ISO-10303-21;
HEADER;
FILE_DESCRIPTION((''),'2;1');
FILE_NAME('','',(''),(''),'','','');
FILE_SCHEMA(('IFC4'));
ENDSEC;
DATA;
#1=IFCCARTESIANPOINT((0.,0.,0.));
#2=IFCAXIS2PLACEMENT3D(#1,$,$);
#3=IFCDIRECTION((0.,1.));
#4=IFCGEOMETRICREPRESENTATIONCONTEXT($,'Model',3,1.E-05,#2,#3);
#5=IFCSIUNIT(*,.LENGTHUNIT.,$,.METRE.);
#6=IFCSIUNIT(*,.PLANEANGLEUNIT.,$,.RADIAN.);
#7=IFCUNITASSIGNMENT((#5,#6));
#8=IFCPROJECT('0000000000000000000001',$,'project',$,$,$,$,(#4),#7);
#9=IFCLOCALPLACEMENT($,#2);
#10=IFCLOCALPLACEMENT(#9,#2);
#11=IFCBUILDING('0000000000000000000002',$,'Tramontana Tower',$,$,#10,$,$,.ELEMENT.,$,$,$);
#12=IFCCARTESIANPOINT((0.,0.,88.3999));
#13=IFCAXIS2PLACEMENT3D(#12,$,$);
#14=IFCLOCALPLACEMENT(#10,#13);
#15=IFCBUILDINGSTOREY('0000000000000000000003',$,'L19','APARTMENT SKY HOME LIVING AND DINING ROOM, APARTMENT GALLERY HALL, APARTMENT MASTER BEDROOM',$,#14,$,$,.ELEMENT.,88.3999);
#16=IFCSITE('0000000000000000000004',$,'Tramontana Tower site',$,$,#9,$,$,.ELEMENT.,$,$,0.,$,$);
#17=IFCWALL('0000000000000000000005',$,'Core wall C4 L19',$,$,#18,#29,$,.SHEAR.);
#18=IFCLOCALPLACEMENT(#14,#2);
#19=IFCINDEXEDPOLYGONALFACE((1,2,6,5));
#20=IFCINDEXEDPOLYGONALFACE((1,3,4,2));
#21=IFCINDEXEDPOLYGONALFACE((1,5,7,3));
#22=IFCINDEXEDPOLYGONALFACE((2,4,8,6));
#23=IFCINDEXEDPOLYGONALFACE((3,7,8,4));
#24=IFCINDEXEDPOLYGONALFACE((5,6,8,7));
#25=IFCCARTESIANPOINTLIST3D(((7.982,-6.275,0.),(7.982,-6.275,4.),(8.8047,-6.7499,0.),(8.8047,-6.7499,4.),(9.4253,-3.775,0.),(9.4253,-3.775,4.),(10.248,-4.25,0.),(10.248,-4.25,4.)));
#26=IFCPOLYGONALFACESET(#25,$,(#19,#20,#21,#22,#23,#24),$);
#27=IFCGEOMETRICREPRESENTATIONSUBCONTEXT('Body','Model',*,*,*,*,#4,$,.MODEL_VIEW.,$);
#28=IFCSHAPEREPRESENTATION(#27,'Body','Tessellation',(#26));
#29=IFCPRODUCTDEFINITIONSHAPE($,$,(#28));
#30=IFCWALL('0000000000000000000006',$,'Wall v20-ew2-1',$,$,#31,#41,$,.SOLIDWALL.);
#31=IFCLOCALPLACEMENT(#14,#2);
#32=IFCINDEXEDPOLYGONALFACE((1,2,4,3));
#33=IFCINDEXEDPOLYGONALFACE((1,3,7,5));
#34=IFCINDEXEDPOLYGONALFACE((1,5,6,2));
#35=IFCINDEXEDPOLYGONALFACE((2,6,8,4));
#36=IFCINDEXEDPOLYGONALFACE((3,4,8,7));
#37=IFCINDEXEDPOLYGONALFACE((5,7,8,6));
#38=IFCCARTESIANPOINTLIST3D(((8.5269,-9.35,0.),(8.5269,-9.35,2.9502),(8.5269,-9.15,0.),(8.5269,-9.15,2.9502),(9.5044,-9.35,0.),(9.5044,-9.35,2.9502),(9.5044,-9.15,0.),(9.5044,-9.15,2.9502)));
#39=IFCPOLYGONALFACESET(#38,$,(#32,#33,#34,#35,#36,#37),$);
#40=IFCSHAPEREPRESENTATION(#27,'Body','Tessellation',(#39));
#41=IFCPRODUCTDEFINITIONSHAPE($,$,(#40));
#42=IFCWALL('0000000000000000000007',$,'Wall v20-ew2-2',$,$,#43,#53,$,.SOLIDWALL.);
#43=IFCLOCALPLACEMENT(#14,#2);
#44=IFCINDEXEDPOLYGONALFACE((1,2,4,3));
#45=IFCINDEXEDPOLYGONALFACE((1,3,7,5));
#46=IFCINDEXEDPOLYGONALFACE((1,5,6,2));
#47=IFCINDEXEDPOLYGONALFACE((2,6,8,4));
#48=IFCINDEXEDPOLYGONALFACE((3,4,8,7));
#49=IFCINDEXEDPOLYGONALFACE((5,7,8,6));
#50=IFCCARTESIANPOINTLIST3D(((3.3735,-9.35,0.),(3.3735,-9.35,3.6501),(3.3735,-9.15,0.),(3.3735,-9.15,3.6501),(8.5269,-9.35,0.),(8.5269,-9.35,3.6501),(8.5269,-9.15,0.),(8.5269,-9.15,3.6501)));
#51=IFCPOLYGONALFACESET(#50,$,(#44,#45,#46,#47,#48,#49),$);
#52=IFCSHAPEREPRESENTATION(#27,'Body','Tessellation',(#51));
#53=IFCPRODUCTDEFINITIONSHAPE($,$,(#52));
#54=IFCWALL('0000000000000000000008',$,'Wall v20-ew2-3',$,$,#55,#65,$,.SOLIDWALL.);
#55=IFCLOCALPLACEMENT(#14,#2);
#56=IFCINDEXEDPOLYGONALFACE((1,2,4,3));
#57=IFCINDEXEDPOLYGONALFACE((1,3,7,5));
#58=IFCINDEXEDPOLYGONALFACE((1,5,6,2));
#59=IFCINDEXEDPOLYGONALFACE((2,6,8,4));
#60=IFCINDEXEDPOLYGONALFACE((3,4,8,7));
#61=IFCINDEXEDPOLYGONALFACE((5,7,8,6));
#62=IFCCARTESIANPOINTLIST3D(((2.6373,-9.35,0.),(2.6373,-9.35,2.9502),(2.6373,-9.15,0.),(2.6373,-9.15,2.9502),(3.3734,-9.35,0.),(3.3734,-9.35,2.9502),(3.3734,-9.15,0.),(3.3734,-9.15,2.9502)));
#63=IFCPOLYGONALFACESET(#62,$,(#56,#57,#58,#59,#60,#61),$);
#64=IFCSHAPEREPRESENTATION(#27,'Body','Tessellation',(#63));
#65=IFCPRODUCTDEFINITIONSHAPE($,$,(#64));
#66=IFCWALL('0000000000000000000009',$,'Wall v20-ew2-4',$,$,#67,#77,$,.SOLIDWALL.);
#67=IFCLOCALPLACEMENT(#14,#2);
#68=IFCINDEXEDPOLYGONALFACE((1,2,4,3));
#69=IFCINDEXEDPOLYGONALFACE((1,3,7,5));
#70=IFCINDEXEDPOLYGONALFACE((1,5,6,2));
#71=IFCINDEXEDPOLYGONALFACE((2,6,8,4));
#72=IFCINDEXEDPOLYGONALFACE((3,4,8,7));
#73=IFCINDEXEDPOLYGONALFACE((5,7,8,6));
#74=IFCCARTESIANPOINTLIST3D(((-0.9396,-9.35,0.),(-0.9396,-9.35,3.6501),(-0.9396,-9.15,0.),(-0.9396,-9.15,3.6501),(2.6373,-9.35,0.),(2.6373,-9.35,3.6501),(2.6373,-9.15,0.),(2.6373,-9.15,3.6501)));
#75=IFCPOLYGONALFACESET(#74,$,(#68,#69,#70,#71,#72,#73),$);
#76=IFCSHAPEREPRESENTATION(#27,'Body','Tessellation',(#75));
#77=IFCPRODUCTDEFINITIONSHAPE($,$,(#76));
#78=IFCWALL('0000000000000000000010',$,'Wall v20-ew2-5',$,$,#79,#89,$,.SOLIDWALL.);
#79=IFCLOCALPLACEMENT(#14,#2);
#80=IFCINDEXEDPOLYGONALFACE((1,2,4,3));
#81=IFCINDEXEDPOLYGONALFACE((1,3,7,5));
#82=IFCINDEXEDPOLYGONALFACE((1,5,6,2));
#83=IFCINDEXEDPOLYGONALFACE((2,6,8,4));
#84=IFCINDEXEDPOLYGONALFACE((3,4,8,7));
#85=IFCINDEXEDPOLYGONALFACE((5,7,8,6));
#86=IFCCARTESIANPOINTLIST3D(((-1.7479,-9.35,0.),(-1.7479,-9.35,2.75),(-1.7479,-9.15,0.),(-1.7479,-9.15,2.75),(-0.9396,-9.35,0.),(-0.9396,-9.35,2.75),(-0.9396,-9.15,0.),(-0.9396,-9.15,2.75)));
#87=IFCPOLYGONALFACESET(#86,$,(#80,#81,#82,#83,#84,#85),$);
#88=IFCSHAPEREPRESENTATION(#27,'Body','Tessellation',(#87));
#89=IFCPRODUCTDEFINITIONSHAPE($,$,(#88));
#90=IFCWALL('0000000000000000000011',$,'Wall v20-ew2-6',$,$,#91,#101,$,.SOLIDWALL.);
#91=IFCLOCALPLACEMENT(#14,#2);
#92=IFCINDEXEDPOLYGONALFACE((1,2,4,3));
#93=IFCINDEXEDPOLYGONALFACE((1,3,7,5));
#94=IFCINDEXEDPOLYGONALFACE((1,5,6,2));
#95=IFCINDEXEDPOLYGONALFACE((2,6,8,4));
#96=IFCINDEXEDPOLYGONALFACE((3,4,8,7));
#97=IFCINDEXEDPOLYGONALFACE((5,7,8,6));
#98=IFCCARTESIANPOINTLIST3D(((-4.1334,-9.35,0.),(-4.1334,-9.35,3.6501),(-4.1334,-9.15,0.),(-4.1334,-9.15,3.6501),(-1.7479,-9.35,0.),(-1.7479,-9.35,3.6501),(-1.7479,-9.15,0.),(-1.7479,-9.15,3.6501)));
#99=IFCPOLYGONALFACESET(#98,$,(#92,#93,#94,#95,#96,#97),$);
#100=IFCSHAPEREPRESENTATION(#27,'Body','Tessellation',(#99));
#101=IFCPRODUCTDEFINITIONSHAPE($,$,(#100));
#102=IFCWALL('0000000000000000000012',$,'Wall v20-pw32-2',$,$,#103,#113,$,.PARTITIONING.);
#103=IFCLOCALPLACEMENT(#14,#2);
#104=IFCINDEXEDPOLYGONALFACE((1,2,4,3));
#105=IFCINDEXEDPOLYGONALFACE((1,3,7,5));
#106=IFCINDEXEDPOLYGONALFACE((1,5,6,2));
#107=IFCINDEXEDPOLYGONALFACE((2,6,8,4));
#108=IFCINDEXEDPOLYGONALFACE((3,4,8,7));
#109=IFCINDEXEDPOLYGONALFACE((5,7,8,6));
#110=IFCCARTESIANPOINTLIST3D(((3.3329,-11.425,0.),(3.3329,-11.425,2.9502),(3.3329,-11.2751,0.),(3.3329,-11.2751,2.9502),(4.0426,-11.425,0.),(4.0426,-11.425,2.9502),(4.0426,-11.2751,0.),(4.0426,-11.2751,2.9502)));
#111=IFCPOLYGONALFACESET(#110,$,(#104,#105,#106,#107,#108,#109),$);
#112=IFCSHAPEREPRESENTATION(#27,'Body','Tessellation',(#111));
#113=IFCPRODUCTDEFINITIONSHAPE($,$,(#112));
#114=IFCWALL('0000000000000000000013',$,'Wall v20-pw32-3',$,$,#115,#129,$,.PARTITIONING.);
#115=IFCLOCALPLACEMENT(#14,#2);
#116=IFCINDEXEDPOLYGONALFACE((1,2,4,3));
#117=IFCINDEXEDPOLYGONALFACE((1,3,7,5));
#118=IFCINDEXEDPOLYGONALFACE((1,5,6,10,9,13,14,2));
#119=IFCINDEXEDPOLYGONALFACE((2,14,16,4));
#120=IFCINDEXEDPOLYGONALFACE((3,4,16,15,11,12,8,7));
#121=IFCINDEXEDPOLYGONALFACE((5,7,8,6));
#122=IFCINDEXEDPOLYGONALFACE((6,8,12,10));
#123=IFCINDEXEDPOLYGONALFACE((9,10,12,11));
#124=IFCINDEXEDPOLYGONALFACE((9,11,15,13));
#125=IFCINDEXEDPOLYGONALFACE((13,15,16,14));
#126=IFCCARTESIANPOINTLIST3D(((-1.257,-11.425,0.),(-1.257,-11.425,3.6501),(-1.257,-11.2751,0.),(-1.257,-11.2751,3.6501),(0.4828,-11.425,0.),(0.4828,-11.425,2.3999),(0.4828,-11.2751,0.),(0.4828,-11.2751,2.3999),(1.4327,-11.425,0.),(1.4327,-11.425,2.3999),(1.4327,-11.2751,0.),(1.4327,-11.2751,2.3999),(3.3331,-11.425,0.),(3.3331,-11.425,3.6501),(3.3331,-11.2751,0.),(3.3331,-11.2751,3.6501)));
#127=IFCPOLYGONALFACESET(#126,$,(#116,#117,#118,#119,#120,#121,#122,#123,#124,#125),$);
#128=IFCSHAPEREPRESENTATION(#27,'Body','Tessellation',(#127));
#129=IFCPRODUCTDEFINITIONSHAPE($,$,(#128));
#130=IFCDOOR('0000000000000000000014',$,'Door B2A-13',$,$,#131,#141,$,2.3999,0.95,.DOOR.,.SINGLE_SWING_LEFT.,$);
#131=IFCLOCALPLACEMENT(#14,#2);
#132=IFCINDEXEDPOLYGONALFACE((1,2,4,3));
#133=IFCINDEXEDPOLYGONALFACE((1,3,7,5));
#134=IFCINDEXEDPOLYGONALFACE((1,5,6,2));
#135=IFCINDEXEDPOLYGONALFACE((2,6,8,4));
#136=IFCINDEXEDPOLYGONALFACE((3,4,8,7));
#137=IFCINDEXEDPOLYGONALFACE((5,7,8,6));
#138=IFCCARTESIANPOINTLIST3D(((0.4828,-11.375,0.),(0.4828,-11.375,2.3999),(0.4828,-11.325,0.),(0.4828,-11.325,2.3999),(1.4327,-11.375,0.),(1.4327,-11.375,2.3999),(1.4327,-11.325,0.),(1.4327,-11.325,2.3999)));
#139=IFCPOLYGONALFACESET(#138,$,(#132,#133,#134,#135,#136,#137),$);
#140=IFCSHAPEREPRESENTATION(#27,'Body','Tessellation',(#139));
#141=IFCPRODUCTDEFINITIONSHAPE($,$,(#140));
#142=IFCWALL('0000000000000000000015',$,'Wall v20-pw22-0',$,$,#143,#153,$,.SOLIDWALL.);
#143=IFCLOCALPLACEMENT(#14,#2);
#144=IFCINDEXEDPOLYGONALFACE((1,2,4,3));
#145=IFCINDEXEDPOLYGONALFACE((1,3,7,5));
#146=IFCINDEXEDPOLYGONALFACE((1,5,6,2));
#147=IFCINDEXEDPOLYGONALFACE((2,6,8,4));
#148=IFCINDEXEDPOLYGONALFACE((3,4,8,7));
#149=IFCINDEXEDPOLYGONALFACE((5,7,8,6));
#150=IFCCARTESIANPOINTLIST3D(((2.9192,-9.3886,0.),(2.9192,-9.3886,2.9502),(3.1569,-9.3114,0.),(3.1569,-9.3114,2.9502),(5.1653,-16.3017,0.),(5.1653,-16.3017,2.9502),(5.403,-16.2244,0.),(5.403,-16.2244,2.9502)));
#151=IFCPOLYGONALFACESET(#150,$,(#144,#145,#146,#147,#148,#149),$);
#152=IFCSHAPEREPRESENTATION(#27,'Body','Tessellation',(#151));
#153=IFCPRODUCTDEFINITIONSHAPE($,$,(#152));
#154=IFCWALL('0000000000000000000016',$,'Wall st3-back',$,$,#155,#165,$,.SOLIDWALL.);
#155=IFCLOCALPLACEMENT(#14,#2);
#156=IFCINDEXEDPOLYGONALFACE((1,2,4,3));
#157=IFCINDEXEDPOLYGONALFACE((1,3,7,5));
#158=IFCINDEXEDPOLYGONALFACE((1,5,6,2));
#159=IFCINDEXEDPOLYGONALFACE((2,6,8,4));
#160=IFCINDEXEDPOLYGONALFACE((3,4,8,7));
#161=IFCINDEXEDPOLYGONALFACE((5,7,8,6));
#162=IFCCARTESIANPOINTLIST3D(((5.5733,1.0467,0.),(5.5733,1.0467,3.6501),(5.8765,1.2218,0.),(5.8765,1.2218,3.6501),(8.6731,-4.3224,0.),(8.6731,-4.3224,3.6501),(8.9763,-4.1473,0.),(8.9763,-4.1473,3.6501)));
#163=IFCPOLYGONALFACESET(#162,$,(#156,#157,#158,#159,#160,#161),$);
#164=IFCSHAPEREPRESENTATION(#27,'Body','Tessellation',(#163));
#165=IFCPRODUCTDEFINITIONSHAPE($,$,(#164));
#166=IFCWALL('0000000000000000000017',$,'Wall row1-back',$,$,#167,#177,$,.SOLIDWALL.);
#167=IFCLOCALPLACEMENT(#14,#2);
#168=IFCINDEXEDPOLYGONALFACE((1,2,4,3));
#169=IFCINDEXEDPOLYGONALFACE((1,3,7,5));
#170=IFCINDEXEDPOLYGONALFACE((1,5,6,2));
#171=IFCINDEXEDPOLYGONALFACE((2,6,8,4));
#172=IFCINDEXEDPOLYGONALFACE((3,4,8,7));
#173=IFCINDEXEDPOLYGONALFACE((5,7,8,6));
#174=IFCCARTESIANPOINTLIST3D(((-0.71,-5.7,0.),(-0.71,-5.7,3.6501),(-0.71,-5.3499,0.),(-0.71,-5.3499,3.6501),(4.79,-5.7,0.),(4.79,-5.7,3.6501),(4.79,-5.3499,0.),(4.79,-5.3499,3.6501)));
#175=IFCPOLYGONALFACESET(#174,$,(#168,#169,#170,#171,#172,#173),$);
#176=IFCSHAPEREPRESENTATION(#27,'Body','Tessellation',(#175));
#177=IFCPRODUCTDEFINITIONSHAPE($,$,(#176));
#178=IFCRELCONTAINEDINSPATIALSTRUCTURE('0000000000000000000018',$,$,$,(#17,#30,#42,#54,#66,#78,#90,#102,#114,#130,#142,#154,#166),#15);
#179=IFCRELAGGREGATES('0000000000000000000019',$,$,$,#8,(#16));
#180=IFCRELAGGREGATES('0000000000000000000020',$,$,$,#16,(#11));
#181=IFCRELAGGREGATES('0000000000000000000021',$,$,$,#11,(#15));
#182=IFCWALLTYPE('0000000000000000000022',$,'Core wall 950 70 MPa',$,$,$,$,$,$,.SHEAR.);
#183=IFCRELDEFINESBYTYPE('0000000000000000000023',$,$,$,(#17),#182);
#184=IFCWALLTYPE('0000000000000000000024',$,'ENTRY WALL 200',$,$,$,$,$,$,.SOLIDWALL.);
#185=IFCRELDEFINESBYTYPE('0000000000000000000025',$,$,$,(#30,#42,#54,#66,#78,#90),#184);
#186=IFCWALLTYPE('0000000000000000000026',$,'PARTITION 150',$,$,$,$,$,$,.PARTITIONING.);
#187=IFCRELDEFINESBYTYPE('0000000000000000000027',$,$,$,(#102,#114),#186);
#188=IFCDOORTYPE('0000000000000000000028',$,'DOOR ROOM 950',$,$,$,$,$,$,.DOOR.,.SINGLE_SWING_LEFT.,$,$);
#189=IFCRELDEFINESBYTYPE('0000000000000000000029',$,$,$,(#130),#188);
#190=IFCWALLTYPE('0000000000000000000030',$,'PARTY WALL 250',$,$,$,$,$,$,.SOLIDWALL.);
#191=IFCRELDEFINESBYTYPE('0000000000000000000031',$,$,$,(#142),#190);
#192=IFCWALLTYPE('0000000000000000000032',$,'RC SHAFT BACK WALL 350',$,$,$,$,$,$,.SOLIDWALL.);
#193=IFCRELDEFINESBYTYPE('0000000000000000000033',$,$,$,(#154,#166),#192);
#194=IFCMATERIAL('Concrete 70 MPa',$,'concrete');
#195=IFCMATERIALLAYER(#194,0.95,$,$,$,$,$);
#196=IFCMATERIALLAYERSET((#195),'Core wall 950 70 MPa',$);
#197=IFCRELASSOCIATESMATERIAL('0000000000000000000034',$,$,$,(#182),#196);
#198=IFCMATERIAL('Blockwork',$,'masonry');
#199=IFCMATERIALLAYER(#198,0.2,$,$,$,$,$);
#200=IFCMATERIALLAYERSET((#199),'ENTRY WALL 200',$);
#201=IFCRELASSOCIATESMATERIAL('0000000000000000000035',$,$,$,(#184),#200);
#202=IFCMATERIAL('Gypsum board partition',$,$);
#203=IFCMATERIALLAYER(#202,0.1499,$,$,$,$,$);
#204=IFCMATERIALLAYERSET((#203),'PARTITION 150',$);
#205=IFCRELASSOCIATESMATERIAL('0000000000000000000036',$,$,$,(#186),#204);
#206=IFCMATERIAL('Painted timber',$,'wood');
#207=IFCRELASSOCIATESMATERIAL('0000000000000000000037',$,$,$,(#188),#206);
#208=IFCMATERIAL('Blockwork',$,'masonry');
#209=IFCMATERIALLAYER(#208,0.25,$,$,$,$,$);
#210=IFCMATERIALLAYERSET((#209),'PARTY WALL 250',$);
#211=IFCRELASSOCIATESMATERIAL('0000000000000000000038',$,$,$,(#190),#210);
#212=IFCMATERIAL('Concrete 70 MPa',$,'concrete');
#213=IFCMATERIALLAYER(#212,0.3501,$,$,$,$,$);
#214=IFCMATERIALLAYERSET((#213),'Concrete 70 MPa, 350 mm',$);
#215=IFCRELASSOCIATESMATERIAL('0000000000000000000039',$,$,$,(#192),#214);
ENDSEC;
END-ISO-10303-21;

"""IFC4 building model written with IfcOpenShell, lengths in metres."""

from ifc_helpers import new_model, si_unit, direction, frame, frame_2d, origin, place, context, subcontext, project, spatial, rectangle, extrude, material, layer, layer_set, type_object, element, fill, save


model = new_model("IFC4")

# Units and contexts
model_context = context("Model", 3, precision=1e-05, world=origin(), true_north=direction((0.0, 1.0)))
body_context = subcontext(model_context, "Body", "Model", "MODEL_VIEW")
ifc_project = project(units=[si_unit("LENGTHUNIT", "METRE"), si_unit("PLANEANGLEUNIT", "RADIAN")], contexts=[model_context])

# Site, building, storey
site_placement = place(None, origin())
site = spatial("IfcSite", under=ifc_project, at=site_placement, Name="Tramontana Tower site", CompositionType="ELEMENT", RefElevation=0.0)
building_placement = place(site_placement, origin())
building = spatial("IfcBuilding", under=site, at=building_placement, Name="Tramontana Tower", CompositionType="ELEMENT")
storey_placement = place(building_placement, frame((0.0, 0.0, 88.3999)))
storey = spatial("IfcBuildingStorey", under=building, at=storey_placement, Name="L19", Description="APARTMENT SKY HOME LIVING AND DINING ROOM, APARTMENT GALLERY HALL, APARTMENT MASTER BEDROOM", CompositionType="ELEMENT", Elevation=88.3999)

# Walls
ifc_material_1 = material(Name="Concrete 70 MPa", Category="concrete")
ifc_layer_1 = layer(ifc_material_1, 0.95)
ifc_layer_set_1 = layer_set([ifc_layer_1], Name="Core wall 950 70 MPa")
wall_type_1 = type_object("IfcWallType", Name="Core wall 950 70 MPa", PredefinedType="SHEAR", material=ifc_layer_set_1)
wall_1_placement = place(storey_placement, frame((8.3933, -6.5125, 0.0), z_axis=(0.0, 0.0, 1.0), x_axis=(0.499996, 0.866028, 0.0)))
element("IfcWall", 1, at=wall_1_placement, inside=storey, type_object=wall_type_1, Name="Core wall C4 L19", PredefinedType="SHEAR", context=body_context, shape_type="SweptSolid", body=[
    extrude(rectangle(XDim=2.8867, YDim=0.95, at=frame_2d((1.4434, 0.0))), origin(), (0.0, 0.0, 1.0), 4.0),
])
ifc_material_2 = material(Name="Blockwork", Category="masonry")
ifc_layer_2 = layer(ifc_material_2, 0.2)
ifc_layer_set_2 = layer_set([ifc_layer_2], Name="ENTRY WALL 200")
wall_type_2 = type_object("IfcWallType", Name="ENTRY WALL 200", PredefinedType="SOLIDWALL", material=ifc_layer_set_2)
wall_2_placement = place(storey_placement, frame((9.5044, -9.25, 0.0), z_axis=(0.0, 0.0, 1.0), x_axis=(-1.0, 0.0, 0.0)))
element("IfcWall", 2, at=wall_2_placement, inside=storey, type_object=wall_type_2, Name="Wall v20-ew2-1", PredefinedType="SOLIDWALL", context=body_context, shape_type="SweptSolid", body=[
    extrude(rectangle(XDim=0.9775, YDim=0.2, at=frame_2d((0.4888, 0.0))), origin(), (0.0, 0.0, 1.0), 2.9502),
])
wall_3_placement = place(storey_placement, frame((8.5269, -9.25, 0.0), z_axis=(0.0, 0.0, 1.0), x_axis=(-1.0, 0.0, 0.0)))
element("IfcWall", 3, at=wall_3_placement, inside=storey, type_object=wall_type_2, Name="Wall v20-ew2-2", PredefinedType="SOLIDWALL", context=body_context, shape_type="SweptSolid", body=[
    extrude(rectangle(XDim=5.1533, YDim=0.2, at=frame_2d((2.5767, 0.0))), origin(), (0.0, 0.0, 1.0), 3.6501),
])
wall_4_placement = place(storey_placement, frame((3.3735, -9.25, 0.0), z_axis=(0.0, 0.0, 1.0), x_axis=(-1.0, 0.0, 0.0)))
element("IfcWall", 4, at=wall_4_placement, inside=storey, type_object=wall_type_2, Name="Wall v20-ew2-3", PredefinedType="SOLIDWALL", context=body_context, shape_type="SweptSolid", body=[
    extrude(rectangle(XDim=0.7361, YDim=0.2, at=frame_2d((0.3682, 0.0))), origin(), (0.0, 0.0, 1.0), 2.9502),
])
wall_5_placement = place(storey_placement, frame((2.6375, -9.25, 0.0), z_axis=(0.0, 0.0, 1.0), x_axis=(-1.0, 0.0, 0.0)))
element("IfcWall", 5, at=wall_5_placement, inside=storey, type_object=wall_type_2, Name="Wall v20-ew2-4", PredefinedType="SOLIDWALL", context=body_context, shape_type="SweptSolid", body=[
    extrude(rectangle(XDim=3.5769, YDim=0.2, at=frame_2d((1.7886, 0.0))), origin(), (0.0, 0.0, 1.0), 3.6501),
])
wall_6_placement = place(storey_placement, frame((-0.9395, -9.25, 0.0), z_axis=(0.0, 0.0, 1.0), x_axis=(-1.0, 0.0, 0.0)))
element("IfcWall", 6, at=wall_6_placement, inside=storey, type_object=wall_type_2, Name="Wall v20-ew2-5", PredefinedType="SOLIDWALL", context=body_context, shape_type="SweptSolid", body=[
    extrude(rectangle(XDim=0.8083, YDim=0.2, at=frame_2d((0.4043, 0.0))), origin(), (0.0, 0.0, 1.0), 2.75),
])
wall_7_placement = place(storey_placement, frame((-1.7478, -9.25, 0.0), z_axis=(0.0, 0.0, 1.0), x_axis=(-1.0, 0.0, 0.0)))
element("IfcWall", 7, at=wall_7_placement, inside=storey, type_object=wall_type_2, Name="Wall v20-ew2-6", PredefinedType="SOLIDWALL", context=body_context, shape_type="SweptSolid", body=[
    extrude(rectangle(XDim=2.3855, YDim=0.2, at=frame_2d((1.1929, 0.0))), origin(), (0.0, 0.0, 1.0), 3.6501),
])
ifc_material_3 = material(Name="Gypsum board partition")
ifc_layer_3 = layer(ifc_material_3, 0.1499)
ifc_layer_set_3 = layer_set([ifc_layer_3], Name="PARTITION 150")
wall_type_3 = type_object("IfcWallType", Name="PARTITION 150", PredefinedType="PARTITIONING", material=ifc_layer_set_3)
wall_8_placement = place(storey_placement, frame((4.0427, -11.3501, 0.0), z_axis=(0.0, 0.0, 1.0), x_axis=(-1.0, 0.0, 0.0)))
element("IfcWall", 8, at=wall_8_placement, inside=storey, type_object=wall_type_3, Name="Wall v20-pw32-2", PredefinedType="PARTITIONING", context=body_context, shape_type="SweptSolid", body=[
    extrude(rectangle(XDim=0.7097, YDim=0.1499, at=frame_2d((0.355, 0.0))), origin(), (0.0, 0.0, 1.0), 2.9502),
])

# Wall, opening, door
wall_9_placement = place(storey_placement, frame((3.333, -11.3501, 0.0), z_axis=(0.0, 0.0, 1.0), x_axis=(-1.0, 0.0, 0.0)))
wall_9 = element("IfcWall", 9, at=wall_9_placement, inside=storey, type_object=wall_type_3, Name="Wall v20-pw32-3", PredefinedType="PARTITIONING", context=body_context, shape_type="SweptSolid", body=[
    extrude(rectangle(XDim=4.5901, YDim=0.1499, at=frame_2d((2.2949, 0.0))), origin(), (0.0, 0.0, 1.0), 3.6501),
])
opening_1_placement = place(wall_9_placement, frame((1.9001, 0.0, 0.0)))
opening_1 = element("IfcOpeningElement", 10, at=opening_1_placement, cuts=wall_9, PredefinedType="OPENING", context=body_context, shape_type="SweptSolid", body=[
    extrude(rectangle(XDim=0.95, YDim=2.3999, at=frame_2d((0.4751, 1.2))), frame((0.0, 0.085, 0.0), z_axis=(0.0, -1.0, 0.0), x_axis=(1.0, 0.0, 0.0)), (0.0, 0.0, 1.0), 0.1699),
])
ifc_material_4 = material(Name="Painted timber", Category="wood")
door_type_1 = type_object("IfcDoorType", Name="DOOR ROOM 950", OperationType="SINGLE_SWING_LEFT", PredefinedType="DOOR", material=ifc_material_4)
door_1_placement = place(opening_1_placement, origin())
door_1 = element("IfcDoor", 11, at=door_1_placement, inside=storey, type_object=door_type_1, Name="Door B2A-13", OperationType="SINGLE_SWING_LEFT", OverallHeight=2.3999, OverallWidth=0.95, PredefinedType="DOOR", context=body_context, shape_type="SweptSolid", body=[
    extrude(rectangle(XDim=0.95, YDim=2.3999, at=frame_2d((0.4751, 1.2))), frame((0.0, 0.0249, 0.0), z_axis=(0.0, -1.0, 0.0), x_axis=(1.0, 0.0, 0.0)), (0.0, 0.0, 1.0), 0.05),
])
fill(opening_1, door_1)

# Walls
ifc_material_5 = material(Name="Blockwork", Category="masonry")
ifc_layer_4 = layer(ifc_material_5, 0.25)
ifc_layer_set_4 = layer_set([ifc_layer_4], Name="PARTY WALL 250")
wall_type_4 = type_object("IfcWallType", Name="PARTY WALL 250", PredefinedType="SOLIDWALL", material=ifc_layer_set_4)
wall_10_placement = place(storey_placement, frame((3.0381, -9.3501, 0.0), z_axis=(0.0, 0.0, 1.0), x_axis=(0.309004, -0.951061, 0.0)))
element("IfcWall", 12, at=wall_10_placement, inside=storey, type_object=wall_type_4, Name="Wall v20-pw22-0", PredefinedType="SOLIDWALL", context=body_context, shape_type="SweptSolid", body=[
    extrude(rectangle(XDim=7.2688, YDim=0.25, at=frame_2d((3.6343, 0.0))), origin(), (0.0, 0.0, 1.0), 2.9502),
])
ifc_material_6 = material(Name="Concrete 70 MPa", Category="concrete")
ifc_layer_5 = layer(ifc_material_6, 0.3501)
ifc_layer_set_5 = layer_set([ifc_layer_5], Name="Concrete 70 MPa, 350 mm")
wall_type_5 = type_object("IfcWallType", Name="RC SHAFT BACK WALL 350", PredefinedType="SOLIDWALL", material=ifc_layer_set_5)
wall_11_placement = place(storey_placement, frame((8.8247, -4.2349, 0.0), z_axis=(0.0, 0.0, 1.0), x_axis=(-0.499997, 0.866027, 0.0)))
element("IfcWall", 13, at=wall_11_placement, inside=storey, type_object=wall_type_5, Name="Wall st3-back", PredefinedType="SOLIDWALL", context=body_context, shape_type="SweptSolid", body=[
    extrude(rectangle(XDim=6.1997, YDim=0.3501, at=frame_2d((3.0999, 0.0))), origin(), (0.0, 0.0, 1.0), 3.6501),
])
wall_12_placement = place(storey_placement, frame((-0.71, -5.5249, 0.0), z_axis=(0.0, 0.0, 1.0), x_axis=(1.0, 0.0, 0.0)))
element("IfcWall", 14, at=wall_12_placement, inside=storey, type_object=wall_type_5, Name="Wall row1-back", PredefinedType="SOLIDWALL", context=body_context, shape_type="SweptSolid", body=[
    extrude(rectangle(XDim=5.5, YDim=0.3501, at=frame_2d((2.75, 0.0))), origin(), (0.0, 0.0, 1.0), 3.6501),
])

save(model, "model.ifc")
